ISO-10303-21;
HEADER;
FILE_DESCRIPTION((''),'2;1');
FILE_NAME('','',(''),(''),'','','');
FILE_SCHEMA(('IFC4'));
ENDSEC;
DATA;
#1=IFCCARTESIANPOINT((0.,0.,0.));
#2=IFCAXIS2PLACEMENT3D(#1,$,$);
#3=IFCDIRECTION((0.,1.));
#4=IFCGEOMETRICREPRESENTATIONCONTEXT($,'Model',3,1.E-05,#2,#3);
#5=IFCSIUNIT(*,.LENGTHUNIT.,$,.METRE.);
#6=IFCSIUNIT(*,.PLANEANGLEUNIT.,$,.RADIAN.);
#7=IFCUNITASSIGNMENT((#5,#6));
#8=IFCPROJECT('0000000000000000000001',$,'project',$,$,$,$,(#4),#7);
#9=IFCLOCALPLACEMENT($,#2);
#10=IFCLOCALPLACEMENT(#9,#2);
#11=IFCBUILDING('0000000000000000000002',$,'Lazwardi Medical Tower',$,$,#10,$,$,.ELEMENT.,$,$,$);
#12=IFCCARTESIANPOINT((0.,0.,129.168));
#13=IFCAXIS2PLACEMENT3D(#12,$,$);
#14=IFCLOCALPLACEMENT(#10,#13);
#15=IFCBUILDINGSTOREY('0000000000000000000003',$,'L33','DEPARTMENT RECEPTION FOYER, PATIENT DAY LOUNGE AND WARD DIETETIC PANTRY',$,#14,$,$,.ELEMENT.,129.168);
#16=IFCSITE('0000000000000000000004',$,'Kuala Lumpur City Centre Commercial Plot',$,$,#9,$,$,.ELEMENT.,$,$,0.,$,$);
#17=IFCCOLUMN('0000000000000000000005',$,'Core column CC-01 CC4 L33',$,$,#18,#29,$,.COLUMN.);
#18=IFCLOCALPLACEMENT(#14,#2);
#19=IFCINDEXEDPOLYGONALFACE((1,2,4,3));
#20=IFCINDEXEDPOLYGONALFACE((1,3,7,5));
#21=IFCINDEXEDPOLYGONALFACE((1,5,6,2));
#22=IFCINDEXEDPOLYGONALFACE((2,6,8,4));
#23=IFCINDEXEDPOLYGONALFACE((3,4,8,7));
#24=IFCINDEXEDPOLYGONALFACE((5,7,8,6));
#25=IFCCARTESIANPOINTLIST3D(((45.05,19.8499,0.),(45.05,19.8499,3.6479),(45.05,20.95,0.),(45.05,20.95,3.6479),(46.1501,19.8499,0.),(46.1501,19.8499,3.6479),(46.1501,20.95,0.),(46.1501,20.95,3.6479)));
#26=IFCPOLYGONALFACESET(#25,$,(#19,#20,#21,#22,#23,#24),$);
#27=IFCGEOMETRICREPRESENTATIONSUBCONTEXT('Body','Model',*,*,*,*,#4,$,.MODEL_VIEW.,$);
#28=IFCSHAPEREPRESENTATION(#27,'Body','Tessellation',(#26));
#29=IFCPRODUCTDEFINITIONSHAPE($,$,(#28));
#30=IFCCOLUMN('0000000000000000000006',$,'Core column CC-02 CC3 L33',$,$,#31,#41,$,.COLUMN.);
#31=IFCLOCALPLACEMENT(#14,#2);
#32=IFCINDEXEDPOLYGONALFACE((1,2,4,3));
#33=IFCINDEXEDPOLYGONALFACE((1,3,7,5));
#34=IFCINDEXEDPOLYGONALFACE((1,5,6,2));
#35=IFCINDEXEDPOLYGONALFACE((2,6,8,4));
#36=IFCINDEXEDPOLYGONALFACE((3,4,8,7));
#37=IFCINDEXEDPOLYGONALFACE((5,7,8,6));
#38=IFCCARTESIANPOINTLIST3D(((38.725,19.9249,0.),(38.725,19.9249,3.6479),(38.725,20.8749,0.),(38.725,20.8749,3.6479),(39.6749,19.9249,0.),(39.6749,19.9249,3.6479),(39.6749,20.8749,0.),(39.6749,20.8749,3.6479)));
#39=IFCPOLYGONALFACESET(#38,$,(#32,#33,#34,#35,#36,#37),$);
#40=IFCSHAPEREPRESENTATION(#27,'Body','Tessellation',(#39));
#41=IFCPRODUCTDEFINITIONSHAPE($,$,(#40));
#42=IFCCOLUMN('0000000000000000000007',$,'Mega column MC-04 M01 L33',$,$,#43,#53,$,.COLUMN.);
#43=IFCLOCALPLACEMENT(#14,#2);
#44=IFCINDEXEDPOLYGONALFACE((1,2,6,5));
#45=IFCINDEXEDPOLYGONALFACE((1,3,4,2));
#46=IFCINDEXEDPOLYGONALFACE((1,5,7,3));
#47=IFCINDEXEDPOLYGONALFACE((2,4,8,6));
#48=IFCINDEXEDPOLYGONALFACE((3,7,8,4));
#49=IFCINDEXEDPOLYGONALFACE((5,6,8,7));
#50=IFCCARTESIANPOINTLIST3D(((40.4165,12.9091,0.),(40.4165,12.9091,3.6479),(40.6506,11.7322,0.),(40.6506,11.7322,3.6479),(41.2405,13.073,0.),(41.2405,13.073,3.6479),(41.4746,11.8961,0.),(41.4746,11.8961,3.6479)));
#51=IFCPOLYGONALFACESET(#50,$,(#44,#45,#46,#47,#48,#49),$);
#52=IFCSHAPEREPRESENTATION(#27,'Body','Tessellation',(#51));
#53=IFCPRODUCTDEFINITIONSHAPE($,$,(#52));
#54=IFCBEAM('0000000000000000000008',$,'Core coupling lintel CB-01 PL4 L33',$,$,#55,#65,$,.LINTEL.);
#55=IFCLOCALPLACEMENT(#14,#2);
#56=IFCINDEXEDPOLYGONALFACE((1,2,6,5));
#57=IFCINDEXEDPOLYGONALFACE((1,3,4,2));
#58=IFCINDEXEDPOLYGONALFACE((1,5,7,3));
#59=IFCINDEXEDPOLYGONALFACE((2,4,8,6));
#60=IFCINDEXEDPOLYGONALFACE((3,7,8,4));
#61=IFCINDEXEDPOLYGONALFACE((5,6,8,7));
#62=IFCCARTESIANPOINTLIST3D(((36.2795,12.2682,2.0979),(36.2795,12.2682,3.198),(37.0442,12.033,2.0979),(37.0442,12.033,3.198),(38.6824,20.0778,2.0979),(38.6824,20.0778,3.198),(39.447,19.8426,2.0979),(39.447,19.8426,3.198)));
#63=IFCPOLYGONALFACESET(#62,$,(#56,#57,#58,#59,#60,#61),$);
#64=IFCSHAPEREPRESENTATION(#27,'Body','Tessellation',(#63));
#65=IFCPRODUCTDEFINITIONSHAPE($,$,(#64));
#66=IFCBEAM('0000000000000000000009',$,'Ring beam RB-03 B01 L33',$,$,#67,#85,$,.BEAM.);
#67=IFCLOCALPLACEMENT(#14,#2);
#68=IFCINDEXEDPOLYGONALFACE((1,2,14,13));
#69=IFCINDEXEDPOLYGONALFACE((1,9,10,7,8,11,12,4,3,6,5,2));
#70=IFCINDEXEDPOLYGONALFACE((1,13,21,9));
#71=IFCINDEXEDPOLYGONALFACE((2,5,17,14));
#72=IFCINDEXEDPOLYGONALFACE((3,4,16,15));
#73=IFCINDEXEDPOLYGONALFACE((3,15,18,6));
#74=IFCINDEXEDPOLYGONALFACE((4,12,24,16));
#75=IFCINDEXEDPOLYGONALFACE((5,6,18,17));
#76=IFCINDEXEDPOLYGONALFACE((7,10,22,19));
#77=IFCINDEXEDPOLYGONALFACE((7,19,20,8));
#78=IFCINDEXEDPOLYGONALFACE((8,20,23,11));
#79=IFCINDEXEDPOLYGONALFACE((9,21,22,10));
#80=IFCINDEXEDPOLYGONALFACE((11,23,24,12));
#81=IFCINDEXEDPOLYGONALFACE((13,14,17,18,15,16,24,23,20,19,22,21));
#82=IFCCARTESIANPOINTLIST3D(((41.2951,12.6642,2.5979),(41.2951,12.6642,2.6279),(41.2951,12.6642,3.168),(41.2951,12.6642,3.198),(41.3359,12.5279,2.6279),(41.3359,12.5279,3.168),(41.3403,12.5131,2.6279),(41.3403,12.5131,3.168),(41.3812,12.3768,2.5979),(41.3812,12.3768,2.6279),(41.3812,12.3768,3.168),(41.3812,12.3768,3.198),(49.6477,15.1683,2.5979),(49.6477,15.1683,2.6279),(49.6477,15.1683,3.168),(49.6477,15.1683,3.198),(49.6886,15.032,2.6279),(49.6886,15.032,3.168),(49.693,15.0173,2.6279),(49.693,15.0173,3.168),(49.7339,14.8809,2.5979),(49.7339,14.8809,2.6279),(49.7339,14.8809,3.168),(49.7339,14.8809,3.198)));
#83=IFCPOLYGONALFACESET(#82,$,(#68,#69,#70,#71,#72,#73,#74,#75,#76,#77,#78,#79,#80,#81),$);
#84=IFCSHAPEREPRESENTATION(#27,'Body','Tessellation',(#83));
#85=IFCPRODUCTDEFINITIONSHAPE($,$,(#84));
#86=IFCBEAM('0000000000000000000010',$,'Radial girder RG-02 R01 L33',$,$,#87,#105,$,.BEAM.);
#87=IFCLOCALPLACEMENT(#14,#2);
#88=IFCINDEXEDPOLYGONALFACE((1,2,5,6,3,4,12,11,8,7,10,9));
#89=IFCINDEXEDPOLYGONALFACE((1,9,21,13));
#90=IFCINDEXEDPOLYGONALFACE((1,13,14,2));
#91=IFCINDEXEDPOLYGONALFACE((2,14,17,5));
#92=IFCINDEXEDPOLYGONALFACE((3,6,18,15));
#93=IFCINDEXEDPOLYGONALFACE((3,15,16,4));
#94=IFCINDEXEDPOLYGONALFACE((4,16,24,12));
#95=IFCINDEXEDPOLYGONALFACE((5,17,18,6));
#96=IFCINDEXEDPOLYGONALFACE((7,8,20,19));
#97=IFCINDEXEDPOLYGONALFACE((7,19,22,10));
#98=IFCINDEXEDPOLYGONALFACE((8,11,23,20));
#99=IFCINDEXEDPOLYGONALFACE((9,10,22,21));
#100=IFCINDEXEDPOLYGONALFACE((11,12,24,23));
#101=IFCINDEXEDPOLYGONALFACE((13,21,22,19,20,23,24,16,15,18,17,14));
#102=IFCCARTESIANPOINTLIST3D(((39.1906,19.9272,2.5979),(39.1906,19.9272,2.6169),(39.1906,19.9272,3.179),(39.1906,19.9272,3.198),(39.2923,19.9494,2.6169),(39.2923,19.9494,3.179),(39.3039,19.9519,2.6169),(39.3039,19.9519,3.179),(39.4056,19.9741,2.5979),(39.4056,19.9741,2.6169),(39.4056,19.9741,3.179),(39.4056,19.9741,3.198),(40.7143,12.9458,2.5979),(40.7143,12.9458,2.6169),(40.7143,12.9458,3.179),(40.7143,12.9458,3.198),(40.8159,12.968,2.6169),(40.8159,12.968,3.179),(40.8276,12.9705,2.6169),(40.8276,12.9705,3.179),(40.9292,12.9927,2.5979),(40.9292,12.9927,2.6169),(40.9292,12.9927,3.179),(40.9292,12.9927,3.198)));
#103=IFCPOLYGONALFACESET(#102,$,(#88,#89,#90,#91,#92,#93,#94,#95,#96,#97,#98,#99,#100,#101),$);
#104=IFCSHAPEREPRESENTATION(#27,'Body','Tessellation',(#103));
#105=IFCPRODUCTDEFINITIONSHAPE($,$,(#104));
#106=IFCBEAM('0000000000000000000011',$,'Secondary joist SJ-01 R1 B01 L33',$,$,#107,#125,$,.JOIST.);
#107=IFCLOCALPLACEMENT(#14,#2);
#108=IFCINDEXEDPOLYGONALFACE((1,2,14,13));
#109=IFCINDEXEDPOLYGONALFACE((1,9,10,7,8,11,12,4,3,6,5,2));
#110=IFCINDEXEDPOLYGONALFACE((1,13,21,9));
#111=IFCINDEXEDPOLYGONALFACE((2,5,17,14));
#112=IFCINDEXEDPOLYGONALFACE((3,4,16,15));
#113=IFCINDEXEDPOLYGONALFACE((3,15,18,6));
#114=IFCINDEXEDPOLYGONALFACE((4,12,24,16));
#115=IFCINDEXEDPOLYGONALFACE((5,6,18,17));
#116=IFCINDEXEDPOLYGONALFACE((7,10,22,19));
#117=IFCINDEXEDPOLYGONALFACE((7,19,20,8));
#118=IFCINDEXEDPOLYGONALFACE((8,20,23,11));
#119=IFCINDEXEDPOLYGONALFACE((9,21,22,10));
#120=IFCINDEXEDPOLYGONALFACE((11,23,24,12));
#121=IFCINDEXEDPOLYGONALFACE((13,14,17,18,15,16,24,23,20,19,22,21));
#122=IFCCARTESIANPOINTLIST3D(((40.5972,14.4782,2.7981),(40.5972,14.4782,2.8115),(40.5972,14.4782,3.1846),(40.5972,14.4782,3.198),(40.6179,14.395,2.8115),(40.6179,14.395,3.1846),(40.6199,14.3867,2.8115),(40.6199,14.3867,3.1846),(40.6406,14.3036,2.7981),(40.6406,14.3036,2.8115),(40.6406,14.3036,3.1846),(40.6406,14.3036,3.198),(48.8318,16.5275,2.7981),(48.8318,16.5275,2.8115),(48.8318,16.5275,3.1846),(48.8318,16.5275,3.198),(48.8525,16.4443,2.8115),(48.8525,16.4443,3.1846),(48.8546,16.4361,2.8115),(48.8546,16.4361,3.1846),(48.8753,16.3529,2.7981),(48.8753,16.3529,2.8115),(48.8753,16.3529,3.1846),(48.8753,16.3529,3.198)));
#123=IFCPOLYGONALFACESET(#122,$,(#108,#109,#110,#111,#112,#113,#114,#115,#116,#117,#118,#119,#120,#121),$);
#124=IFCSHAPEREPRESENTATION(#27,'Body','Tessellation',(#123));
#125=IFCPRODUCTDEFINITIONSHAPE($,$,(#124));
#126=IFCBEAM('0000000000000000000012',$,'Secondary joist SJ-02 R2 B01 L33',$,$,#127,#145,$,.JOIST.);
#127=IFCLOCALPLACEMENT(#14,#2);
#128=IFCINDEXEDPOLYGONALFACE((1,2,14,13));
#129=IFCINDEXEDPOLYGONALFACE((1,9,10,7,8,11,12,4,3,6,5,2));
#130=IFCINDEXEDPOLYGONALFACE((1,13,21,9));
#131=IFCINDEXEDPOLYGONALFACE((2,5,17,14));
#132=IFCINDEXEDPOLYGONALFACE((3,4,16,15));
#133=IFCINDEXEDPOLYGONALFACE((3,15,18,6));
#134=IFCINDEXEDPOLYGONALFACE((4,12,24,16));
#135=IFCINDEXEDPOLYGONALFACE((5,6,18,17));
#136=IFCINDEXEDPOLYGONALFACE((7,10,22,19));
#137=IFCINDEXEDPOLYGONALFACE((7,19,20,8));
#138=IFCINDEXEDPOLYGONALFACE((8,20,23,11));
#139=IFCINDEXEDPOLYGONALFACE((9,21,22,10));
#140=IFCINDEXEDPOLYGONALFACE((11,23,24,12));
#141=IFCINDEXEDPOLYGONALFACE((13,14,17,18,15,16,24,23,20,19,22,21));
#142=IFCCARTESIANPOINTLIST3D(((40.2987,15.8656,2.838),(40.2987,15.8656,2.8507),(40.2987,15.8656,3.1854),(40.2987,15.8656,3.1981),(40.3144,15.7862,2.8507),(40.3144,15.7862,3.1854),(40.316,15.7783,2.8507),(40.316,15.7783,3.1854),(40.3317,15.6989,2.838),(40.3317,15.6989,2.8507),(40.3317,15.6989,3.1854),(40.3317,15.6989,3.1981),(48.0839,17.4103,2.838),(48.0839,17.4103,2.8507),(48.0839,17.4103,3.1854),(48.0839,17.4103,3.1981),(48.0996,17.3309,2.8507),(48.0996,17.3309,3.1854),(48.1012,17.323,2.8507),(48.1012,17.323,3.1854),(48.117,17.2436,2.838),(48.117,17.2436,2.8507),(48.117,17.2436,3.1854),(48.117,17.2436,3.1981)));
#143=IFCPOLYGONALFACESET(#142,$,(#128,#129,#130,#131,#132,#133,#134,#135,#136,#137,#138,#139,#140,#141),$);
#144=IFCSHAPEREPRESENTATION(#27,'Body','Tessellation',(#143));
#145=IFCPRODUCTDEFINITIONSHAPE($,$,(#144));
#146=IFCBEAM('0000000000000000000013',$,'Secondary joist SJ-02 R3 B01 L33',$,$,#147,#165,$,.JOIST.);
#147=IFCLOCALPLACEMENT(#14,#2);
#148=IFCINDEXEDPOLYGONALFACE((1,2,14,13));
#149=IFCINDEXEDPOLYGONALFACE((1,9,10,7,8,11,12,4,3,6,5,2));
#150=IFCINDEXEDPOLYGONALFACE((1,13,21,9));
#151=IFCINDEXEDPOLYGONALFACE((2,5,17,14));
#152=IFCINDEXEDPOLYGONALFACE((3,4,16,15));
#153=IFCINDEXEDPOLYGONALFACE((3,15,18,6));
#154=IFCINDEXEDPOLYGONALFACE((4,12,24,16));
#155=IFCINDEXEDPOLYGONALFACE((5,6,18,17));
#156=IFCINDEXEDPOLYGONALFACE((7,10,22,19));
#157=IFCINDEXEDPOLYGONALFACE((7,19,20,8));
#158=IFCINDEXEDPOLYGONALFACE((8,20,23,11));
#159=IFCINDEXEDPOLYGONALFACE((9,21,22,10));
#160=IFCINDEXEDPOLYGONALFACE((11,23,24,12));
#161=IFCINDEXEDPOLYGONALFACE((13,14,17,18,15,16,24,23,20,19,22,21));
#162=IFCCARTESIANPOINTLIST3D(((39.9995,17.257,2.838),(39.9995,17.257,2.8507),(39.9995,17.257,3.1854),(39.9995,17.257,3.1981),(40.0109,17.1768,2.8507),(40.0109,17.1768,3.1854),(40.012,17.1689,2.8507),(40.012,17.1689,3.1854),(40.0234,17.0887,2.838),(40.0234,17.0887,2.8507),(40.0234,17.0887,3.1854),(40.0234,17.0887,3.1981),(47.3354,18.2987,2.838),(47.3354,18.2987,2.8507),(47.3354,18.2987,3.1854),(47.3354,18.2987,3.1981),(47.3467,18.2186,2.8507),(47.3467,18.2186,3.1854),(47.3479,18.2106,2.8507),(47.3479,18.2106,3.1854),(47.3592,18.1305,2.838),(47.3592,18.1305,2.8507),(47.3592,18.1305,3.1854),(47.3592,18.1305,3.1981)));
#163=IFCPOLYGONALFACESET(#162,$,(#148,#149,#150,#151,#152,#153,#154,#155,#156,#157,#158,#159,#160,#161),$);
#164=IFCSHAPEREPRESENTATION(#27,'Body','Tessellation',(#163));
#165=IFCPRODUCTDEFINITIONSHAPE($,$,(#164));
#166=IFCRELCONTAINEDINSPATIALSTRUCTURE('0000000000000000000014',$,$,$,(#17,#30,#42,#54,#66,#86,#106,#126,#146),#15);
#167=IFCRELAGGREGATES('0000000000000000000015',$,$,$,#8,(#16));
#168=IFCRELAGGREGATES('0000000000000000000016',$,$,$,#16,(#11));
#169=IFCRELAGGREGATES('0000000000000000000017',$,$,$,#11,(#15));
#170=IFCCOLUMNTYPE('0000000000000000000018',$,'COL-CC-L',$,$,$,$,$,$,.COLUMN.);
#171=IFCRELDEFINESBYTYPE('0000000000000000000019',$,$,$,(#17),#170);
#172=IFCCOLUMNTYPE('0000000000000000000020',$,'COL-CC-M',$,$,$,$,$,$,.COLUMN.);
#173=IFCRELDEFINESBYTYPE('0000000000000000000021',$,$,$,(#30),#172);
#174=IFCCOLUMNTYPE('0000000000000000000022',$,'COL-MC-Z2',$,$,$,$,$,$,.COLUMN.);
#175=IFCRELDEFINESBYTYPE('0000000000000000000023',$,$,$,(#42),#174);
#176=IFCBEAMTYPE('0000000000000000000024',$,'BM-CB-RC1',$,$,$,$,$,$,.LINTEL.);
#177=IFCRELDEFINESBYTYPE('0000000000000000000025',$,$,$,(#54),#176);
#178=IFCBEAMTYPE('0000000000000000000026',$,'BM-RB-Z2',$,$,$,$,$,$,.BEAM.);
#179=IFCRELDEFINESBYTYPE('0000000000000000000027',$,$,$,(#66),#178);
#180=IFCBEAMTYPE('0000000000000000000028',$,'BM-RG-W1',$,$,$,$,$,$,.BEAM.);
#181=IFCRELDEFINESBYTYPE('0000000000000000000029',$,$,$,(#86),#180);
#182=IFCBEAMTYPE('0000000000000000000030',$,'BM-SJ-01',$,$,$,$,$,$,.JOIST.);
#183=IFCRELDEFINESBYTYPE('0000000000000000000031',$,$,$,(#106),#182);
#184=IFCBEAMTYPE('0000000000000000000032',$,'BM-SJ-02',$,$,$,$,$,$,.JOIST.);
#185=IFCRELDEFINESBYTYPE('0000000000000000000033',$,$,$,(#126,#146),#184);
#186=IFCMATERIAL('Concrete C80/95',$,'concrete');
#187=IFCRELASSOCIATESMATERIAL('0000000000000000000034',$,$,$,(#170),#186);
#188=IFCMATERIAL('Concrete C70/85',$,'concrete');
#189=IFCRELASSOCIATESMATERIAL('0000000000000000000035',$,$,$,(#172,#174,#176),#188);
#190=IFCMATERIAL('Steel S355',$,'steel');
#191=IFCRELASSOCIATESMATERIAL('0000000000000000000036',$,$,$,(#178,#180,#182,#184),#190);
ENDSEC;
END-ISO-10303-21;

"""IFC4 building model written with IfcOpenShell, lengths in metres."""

from ifc_helpers import new_model, si_unit, direction, frame, origin, origin_2d, place, context, subcontext, project, spatial, rectangle, i_section, extrude, material, material_profile, profile_set, type_object, element, save


model = new_model("IFC4")

# Units and contexts
model_context = context("Model", 3, precision=1e-05, world=origin(), true_north=direction((0.0, 1.0)))
body_context = subcontext(model_context, "Body", "Model", "MODEL_VIEW")
ifc_project = project(units=[si_unit("LENGTHUNIT", "METRE"), si_unit("PLANEANGLEUNIT", "RADIAN")], contexts=[model_context])

# Site, building, storey
site_placement = place(None, origin())
site = spatial("IfcSite", under=ifc_project, at=site_placement, Name="Kuala Lumpur City Centre Commercial Plot", CompositionType="ELEMENT", RefElevation=0.0)
building_placement = place(site_placement, origin())
building = spatial("IfcBuilding", under=site, at=building_placement, Name="Lazwardi Medical Tower", CompositionType="ELEMENT")
storey_placement = place(building_placement, frame((0.0, 0.0, 129.168)))
storey = spatial("IfcBuildingStorey", under=building, at=storey_placement, Name="L33", Description="DEPARTMENT RECEPTION FOYER, PATIENT DAY LOUNGE AND WARD DIETETIC PANTRY", CompositionType="ELEMENT", Elevation=129.168)

# Columns
ifc_material_1 = material(Name="Concrete C80/95", Category="concrete")
ifc_material_profile_1 = material_profile(ifc_material_1, rectangle(XDim=1.1001, YDim=1.1001, at=origin_2d()), Name="RC 1100x1100")
ifc_profile_set_1 = profile_set([ifc_material_profile_1], Name="Concrete C80/95")
column_type_1 = type_object("IfcColumnType", Name="COL-CC-L", PredefinedType="COLUMN", material=ifc_profile_set_1)
column_1_placement = place(storey_placement, frame((45.6001, 20.3999, 0.0), z_axis=(0.0, 0.0, 1.0), x_axis=(1.0, 0.0, 0.0)))
element("IfcColumn", 1, at=column_1_placement, inside=storey, type_object=column_type_1, Name="Core column CC-01 CC4 L33", PredefinedType="COLUMN", context=body_context, shape_type="SweptSolid", body=[
    extrude(rectangle(XDim=1.1001, YDim=1.1001, at=origin_2d()), origin(), (0.0, 0.0, 1.0), 3.6479),
])
ifc_material_2 = material(Name="Concrete C70/85", Category="concrete")
ifc_material_profile_2 = material_profile(ifc_material_2, rectangle(XDim=0.95, YDim=0.95, at=origin_2d()), Name="RC 950x950")
ifc_profile_set_2 = profile_set([ifc_material_profile_2], Name="Concrete C70/85")
column_type_2 = type_object("IfcColumnType", Name="COL-CC-M", PredefinedType="COLUMN", material=ifc_profile_set_2)
column_2_placement = place(storey_placement, frame((39.2, 20.3999, 0.0), z_axis=(0.0, 0.0, 1.0), x_axis=(1.0, 0.0, 0.0)))
element("IfcColumn", 2, at=column_2_placement, inside=storey, type_object=column_type_2, Name="Core column CC-02 CC3 L33", PredefinedType="COLUMN", context=body_context, shape_type="SweptSolid", body=[
    extrude(rectangle(XDim=0.95, YDim=0.95, at=origin_2d()), origin(), (0.0, 0.0, 1.0), 3.6479),
])
ifc_material_profile_3 = material_profile(ifc_material_2, rectangle(XDim=1.2, YDim=0.8401, at=origin_2d()), Name="CFT-RECT 1200x840")
ifc_profile_set_3 = profile_set([ifc_material_profile_3], Name="Concrete C70/85")
column_type_3 = type_object("IfcColumnType", Name="COL-MC-Z2", PredefinedType="COLUMN", material=ifc_profile_set_3)
column_3_placement = place(storey_placement, frame((40.9456, 12.4026, 0.0), z_axis=(0.0, 0.0, 1.0), x_axis=(0.19509, -0.980785, 0.0)))
element("IfcColumn", 3, at=column_3_placement, inside=storey, type_object=column_type_3, Name="Mega column MC-04 M01 L33", PredefinedType="COLUMN", context=body_context, shape_type="SweptSolid", body=[
    extrude(rectangle(XDim=1.2, YDim=0.8401, at=origin_2d()), origin(), (0.0, 0.0, 1.0), 3.6479),
])

# Beams
ifc_material_profile_4 = material_profile(ifc_material_2, rectangle(XDim=0.8, YDim=1.1001, at=origin_2d()), Name="RC 800x1100")
ifc_profile_set_4 = profile_set([ifc_material_profile_4], Name="Concrete C70/85")
beam_type_1 = type_object("IfcBeamType", Name="BM-CB-RC1", PredefinedType="LINTEL", material=ifc_profile_set_4)
beam_1_placement = place(storey_placement, frame((39.0647, 19.9602, 2.6479), z_axis=(-0.294073, -0.955783, 0.0), x_axis=(0.955783, -0.294073, 0.0)))
element("IfcBeam", 4, at=beam_1_placement, inside=storey, type_object=beam_type_1, Name="Core coupling lintel CB-01 PL4 L33", PredefinedType="LINTEL", context=body_context, shape_type="SweptSolid", body=[
    extrude(rectangle(XDim=0.8, YDim=1.1001, at=origin_2d()), origin(), (0.0, 0.0, 1.0), 8.1709),
])
ifc_material_3 = material(Name="Steel S355", Category="steel")
ifc_material_profile_5 = material_profile(ifc_material_3, i_section(OverallWidth=0.3, OverallDepth=0.6001, WebThickness=0.0154, FlangeThickness=0.03, at=origin_2d()), Name="HEB 600")
ifc_profile_set_5 = profile_set([ifc_material_profile_5], Name="Steel S355")
beam_type_2 = type_object("IfcBeamType", Name="BM-RB-Z2", PredefinedType="BEAM", material=ifc_profile_set_5)
beam_2_placement = place(storey_placement, frame((41.3381, 12.5205, 2.8979), z_axis=(0.957879, 0.287171, 0.0), x_axis=(-0.287171, 0.957879, 0.0)))
element("IfcBeam", 5, at=beam_2_placement, inside=storey, type_object=beam_type_2, Name="Ring beam RB-03 B01 L33", PredefinedType="BEAM", context=body_context, shape_type="SweptSolid", body=[
    extrude(i_section(OverallWidth=0.3, OverallDepth=0.6001, WebThickness=0.0154, FlangeThickness=0.03, at=origin_2d()), origin(), (0.0, 0.0, 1.0), 8.72),
])
ifc_material_profile_6 = material_profile(ifc_material_3, i_section(OverallWidth=0.22, OverallDepth=0.6001, WebThickness=0.012, FlangeThickness=0.019, at=origin_2d()), Name="IPE 600")
ifc_profile_set_6 = profile_set([ifc_material_profile_6], Name="Steel S355")
beam_type_3 = type_object("IfcBeamType", Name="BM-RG-W1", PredefinedType="BEAM", material=ifc_profile_set_6)
beam_3_placement = place(storey_placement, frame((40.8218, 12.9692, 2.8979), z_axis=(-0.213228, 0.977002, 0.0), x_axis=(-0.977002, -0.213228, 0.0)))
element("IfcBeam", 6, at=beam_3_placement, inside=storey, type_object=beam_type_3, Name="Radial girder RG-02 R01 L33", PredefinedType="BEAM", context=body_context, shape_type="SweptSolid", body=[
    extrude(i_section(OverallWidth=0.22, OverallDepth=0.6001, WebThickness=0.012, FlangeThickness=0.019, at=origin_2d()), origin(), (0.0, 0.0, 1.0), 7.1458),
])
ifc_material_profile_7 = material_profile(ifc_material_3, i_section(OverallWidth=0.1799, OverallDepth=0.3999, WebThickness=0.0085, FlangeThickness=0.0134, at=origin_2d()), Name="IPE 400")
ifc_profile_set_7 = profile_set([ifc_material_profile_7], Name="Steel S355")
beam_type_4 = type_object("IfcBeamType", Name="BM-SJ-01", PredefinedType="JOIST", material=ifc_profile_set_7)
beam_4_placement = place(storey_placement, frame((40.6189, 14.3909, 2.998), z_axis=(0.970401, 0.2415, 0.0), x_axis=(-0.2415, 0.970401, 0.0)))
element("IfcBeam", 7, at=beam_4_placement, inside=storey, type_object=beam_type_4, Name="Secondary joist SJ-01 R1 B01 L33", PredefinedType="JOIST", context=body_context, shape_type="SweptSolid", body=[
    extrude(i_section(OverallWidth=0.1799, OverallDepth=0.3999, WebThickness=0.0085, FlangeThickness=0.0134, at=origin_2d()), origin(), (0.0, 0.0, 1.0), 8.4858),
])
ifc_material_profile_8 = material_profile(ifc_material_3, i_section(OverallWidth=0.1699, OverallDepth=0.3601, WebThickness=0.0081, FlangeThickness=0.0127, at=origin_2d()), Name="IPE 360")
ifc_profile_set_8 = profile_set([ifc_material_profile_8], Name="Steel S355")
beam_type_5 = type_object("IfcBeamType", Name="BM-SJ-02", PredefinedType="JOIST", material=ifc_profile_set_8)
beam_5_placement = place(storey_placement, frame((40.3152, 15.7822, 3.0181), z_axis=(0.980879, 0.194619, 0.0), x_axis=(-0.194619, 0.980879, 0.0)))
element("IfcBeam", 8, at=beam_5_placement, inside=storey, type_object=beam_type_5, Name="Secondary joist SJ-02 R2 B01 L33", PredefinedType="JOIST", context=body_context, shape_type="SweptSolid", body=[
    extrude(i_section(OverallWidth=0.1699, OverallDepth=0.3601, WebThickness=0.0081, FlangeThickness=0.0127, at=origin_2d()), origin(), (0.0, 0.0, 1.0), 7.937),
])
beam_6_placement = place(storey_placement, frame((40.0115, 17.1729, 3.0181), z_axis=(0.990067, 0.140596, 0.0), x_axis=(-0.140596, 0.990067, 0.0)))
element("IfcBeam", 9, at=beam_6_placement, inside=storey, type_object=beam_type_5, Name="Secondary joist SJ-02 R3 B01 L33", PredefinedType="JOIST", context=body_context, shape_type="SweptSolid", body=[
    extrude(i_section(OverallWidth=0.1699, OverallDepth=0.3601, WebThickness=0.0081, FlangeThickness=0.0127, at=origin_2d()), origin(), (0.0, 0.0, 1.0), 7.4094),
])

save(model, "model.ifc")
